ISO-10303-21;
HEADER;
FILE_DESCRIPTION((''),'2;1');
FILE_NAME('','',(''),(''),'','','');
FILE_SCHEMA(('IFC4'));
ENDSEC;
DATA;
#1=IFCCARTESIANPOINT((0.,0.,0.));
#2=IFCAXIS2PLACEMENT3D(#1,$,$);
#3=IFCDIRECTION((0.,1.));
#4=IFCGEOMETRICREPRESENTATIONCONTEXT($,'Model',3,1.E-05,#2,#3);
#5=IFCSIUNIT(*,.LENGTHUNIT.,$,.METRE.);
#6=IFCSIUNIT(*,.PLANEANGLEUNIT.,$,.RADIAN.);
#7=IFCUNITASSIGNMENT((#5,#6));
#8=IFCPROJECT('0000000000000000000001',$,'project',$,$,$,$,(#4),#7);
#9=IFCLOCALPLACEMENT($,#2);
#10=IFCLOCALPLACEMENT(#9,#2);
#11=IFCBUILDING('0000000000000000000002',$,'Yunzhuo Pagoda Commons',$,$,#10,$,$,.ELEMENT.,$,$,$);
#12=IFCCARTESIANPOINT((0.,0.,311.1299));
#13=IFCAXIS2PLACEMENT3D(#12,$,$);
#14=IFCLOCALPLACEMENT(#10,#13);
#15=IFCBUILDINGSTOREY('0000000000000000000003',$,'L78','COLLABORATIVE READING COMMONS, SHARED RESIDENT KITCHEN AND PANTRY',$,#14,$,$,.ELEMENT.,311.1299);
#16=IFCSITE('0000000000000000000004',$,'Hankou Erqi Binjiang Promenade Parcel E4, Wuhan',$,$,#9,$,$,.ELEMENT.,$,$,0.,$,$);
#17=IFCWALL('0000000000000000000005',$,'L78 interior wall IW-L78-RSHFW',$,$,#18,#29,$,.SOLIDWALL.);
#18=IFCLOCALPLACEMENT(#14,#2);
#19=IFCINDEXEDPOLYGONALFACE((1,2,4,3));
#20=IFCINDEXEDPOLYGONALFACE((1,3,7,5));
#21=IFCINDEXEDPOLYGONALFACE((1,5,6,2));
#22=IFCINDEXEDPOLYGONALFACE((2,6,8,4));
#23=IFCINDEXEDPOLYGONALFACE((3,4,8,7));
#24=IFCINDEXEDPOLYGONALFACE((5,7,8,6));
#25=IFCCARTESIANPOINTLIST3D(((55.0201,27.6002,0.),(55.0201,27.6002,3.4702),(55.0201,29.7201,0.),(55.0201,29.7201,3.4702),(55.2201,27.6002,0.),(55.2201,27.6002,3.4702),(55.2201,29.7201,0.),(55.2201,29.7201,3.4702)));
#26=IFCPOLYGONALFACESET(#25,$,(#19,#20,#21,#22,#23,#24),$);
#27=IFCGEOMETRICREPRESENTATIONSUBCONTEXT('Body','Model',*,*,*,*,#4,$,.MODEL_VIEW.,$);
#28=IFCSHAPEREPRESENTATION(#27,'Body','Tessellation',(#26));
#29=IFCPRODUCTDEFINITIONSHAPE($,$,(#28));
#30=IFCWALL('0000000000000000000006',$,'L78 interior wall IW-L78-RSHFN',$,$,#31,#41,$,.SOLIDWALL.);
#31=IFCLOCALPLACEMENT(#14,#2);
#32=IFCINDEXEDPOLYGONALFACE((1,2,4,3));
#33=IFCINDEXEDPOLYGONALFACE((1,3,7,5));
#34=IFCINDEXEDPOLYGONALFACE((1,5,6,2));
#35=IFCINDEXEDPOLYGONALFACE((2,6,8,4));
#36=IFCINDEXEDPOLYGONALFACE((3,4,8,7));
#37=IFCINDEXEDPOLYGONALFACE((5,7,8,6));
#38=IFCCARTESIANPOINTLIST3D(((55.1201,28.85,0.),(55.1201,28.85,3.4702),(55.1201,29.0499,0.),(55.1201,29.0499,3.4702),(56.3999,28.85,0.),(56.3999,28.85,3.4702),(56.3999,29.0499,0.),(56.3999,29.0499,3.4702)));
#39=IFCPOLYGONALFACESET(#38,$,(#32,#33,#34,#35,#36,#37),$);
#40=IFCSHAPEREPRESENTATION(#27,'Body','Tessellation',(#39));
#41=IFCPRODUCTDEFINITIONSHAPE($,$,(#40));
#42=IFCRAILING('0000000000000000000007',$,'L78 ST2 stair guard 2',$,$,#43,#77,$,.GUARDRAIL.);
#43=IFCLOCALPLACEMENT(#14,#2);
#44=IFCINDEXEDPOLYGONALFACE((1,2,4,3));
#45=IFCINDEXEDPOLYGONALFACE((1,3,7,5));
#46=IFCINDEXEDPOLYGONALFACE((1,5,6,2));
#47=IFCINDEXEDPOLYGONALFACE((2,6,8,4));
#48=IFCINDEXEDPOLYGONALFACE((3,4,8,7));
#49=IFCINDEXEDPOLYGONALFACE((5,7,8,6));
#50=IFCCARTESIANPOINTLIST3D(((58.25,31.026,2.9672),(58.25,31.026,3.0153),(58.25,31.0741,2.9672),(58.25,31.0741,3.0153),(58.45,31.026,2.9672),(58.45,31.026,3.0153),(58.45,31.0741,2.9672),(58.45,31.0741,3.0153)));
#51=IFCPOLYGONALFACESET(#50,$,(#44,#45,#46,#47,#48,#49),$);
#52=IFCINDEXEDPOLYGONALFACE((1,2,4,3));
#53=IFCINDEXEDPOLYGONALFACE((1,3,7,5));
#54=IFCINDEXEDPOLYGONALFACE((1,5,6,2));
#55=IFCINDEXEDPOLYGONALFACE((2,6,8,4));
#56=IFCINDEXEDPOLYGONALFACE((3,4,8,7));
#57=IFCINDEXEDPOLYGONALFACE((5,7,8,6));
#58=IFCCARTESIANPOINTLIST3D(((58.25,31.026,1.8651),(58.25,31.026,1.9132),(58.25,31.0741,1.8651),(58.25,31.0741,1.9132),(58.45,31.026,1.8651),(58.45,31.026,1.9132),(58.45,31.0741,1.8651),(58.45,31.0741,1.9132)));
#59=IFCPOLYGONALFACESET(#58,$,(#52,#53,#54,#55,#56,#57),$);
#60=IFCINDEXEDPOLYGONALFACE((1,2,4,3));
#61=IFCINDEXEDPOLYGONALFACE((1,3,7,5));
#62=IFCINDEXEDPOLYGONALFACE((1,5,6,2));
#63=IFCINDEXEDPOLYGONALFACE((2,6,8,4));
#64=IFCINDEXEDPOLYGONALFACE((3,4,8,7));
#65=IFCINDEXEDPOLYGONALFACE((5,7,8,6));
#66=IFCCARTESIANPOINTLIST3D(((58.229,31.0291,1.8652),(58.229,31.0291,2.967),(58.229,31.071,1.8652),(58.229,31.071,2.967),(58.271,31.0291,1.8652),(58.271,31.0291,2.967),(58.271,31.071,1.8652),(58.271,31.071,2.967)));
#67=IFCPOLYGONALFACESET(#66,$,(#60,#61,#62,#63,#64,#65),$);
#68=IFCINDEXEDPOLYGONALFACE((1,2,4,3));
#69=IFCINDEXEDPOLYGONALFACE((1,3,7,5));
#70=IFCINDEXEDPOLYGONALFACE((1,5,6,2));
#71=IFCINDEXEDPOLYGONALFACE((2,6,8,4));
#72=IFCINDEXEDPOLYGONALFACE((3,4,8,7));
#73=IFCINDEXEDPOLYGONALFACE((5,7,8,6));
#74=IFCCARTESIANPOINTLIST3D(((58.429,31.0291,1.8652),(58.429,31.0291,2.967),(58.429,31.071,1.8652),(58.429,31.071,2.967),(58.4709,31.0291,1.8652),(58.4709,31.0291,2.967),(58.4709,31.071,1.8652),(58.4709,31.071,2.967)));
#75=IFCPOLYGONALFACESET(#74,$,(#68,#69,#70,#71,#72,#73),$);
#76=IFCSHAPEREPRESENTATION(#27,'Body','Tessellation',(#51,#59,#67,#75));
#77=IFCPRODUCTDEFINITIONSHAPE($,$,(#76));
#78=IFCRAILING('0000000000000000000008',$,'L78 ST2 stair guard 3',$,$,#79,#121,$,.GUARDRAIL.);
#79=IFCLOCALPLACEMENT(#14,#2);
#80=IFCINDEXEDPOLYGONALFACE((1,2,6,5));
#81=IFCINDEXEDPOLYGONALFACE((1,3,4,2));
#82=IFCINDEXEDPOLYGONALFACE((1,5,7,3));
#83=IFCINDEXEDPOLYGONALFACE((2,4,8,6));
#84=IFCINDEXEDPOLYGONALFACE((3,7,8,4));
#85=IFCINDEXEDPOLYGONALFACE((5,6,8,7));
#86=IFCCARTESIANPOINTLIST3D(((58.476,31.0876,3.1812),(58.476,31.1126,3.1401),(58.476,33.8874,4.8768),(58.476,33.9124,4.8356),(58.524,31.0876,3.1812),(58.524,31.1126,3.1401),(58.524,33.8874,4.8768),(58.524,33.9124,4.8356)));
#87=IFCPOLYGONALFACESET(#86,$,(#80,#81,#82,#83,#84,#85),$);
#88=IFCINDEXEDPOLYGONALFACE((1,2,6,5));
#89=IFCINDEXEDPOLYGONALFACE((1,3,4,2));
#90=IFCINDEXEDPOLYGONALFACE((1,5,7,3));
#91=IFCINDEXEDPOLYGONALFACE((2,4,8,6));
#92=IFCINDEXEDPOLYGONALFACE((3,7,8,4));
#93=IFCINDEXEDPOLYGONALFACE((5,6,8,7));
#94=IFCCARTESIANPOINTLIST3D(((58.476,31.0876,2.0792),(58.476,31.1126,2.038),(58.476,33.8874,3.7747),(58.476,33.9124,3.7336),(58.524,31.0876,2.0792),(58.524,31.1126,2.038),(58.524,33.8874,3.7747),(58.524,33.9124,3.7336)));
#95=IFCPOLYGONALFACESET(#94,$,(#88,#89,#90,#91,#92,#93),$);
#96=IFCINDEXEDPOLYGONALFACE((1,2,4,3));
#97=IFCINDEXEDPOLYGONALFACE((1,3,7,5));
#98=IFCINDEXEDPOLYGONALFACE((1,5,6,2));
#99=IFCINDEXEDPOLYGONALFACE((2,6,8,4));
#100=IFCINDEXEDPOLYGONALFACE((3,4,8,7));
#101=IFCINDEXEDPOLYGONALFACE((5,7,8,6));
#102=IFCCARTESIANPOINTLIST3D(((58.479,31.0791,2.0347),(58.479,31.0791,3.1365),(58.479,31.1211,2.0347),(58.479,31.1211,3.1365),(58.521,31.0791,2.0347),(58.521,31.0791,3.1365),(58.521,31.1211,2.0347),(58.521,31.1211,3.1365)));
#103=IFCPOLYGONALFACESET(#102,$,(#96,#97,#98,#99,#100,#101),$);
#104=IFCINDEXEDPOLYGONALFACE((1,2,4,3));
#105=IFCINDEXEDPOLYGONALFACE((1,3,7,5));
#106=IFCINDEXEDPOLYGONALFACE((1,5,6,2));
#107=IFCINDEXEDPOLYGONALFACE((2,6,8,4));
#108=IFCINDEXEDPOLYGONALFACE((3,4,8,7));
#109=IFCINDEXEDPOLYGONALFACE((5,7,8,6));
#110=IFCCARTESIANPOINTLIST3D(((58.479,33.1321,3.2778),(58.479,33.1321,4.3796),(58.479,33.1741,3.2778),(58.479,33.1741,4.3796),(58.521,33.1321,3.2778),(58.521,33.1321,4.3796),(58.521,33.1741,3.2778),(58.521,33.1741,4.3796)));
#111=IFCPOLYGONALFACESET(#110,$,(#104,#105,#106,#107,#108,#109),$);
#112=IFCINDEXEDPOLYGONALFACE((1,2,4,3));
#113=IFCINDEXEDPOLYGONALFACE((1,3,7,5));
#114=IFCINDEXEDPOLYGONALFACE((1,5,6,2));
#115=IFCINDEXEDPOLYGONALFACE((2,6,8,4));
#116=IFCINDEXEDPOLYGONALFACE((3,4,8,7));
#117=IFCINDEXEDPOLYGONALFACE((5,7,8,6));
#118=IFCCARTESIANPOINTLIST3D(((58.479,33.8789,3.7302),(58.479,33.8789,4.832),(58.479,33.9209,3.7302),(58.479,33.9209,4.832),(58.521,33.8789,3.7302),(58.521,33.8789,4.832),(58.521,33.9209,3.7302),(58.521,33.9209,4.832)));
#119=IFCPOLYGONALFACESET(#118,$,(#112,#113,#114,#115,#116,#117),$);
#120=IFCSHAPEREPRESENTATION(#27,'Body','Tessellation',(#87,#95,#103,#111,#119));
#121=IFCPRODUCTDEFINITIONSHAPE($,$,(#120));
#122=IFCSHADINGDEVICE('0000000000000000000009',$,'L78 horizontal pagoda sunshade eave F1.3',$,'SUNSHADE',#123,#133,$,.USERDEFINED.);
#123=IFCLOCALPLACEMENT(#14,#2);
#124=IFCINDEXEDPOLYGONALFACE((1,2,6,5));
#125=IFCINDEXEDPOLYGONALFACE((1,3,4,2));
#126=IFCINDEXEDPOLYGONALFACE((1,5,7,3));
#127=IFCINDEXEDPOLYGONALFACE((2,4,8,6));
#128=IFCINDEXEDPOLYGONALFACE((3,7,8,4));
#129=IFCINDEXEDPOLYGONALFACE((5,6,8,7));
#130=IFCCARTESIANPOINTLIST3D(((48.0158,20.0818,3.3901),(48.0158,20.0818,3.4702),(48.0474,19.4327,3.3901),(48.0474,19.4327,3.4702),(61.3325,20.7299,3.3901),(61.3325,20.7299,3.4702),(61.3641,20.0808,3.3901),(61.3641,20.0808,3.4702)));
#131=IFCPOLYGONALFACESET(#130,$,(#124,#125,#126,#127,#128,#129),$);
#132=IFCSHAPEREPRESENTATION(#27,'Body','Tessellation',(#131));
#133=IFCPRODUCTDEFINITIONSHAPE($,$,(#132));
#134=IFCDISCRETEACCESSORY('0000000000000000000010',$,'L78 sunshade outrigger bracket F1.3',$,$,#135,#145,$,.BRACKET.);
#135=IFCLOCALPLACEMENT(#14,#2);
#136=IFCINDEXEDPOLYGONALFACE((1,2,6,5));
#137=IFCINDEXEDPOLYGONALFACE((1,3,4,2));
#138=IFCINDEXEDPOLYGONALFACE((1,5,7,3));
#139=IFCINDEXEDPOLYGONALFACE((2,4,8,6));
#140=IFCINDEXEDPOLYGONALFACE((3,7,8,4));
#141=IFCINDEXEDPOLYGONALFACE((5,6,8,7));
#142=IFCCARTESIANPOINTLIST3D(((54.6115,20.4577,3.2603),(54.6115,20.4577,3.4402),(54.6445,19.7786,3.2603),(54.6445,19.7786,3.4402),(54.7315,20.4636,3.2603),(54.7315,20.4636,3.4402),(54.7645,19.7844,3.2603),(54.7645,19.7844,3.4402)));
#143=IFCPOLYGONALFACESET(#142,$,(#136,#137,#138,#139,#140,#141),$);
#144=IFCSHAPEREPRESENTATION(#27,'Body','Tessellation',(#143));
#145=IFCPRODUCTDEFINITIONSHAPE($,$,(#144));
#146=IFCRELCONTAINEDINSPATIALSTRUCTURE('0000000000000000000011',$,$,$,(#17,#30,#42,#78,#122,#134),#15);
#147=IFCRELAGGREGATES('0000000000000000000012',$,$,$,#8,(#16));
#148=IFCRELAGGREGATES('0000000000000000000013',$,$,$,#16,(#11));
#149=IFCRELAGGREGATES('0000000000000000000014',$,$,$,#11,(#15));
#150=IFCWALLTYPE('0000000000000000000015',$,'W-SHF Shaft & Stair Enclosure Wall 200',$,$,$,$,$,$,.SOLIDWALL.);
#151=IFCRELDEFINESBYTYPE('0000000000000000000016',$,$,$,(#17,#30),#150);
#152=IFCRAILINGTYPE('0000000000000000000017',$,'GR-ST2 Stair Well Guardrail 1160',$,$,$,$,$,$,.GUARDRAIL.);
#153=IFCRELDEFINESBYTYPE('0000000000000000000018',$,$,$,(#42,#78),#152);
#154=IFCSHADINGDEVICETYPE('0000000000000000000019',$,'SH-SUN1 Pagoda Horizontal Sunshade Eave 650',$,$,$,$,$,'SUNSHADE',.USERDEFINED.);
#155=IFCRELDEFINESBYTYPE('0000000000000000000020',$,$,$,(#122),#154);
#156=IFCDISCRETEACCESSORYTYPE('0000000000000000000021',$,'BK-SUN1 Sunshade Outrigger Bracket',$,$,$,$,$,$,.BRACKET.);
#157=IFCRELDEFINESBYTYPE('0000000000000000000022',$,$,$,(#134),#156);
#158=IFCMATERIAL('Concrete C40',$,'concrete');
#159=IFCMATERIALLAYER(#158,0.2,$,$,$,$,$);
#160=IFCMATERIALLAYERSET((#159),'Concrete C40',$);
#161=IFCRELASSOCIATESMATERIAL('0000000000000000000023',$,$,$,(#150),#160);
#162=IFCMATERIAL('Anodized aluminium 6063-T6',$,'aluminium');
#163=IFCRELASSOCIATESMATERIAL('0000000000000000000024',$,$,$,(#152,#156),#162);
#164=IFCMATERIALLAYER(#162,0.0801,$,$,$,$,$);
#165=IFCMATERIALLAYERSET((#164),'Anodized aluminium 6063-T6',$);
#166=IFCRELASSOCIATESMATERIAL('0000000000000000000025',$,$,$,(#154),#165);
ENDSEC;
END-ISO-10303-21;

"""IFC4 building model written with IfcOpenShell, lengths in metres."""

from ifc_helpers import new_model, si_unit, direction, frame, frame_2d, origin, origin_2d, place, context, subcontext, project, spatial, rectangle, extrude, source, transform, mapped, material, layer, layer_set, type_object, element, save


model = new_model("IFC4")

# Units and contexts
model_context = context("Model", 3, precision=1e-05, world=origin(), true_north=direction((0.0, 1.0)))
body_context = subcontext(model_context, "Body", "Model", "MODEL_VIEW")
ifc_project = project(units=[si_unit("LENGTHUNIT", "METRE"), si_unit("PLANEANGLEUNIT", "RADIAN")], contexts=[model_context])

# Site, building, storey
site_placement = place(None, origin())
site = spatial("IfcSite", under=ifc_project, at=site_placement, Name="Hankou Erqi Binjiang Promenade Parcel E4, Wuhan", CompositionType="ELEMENT", RefElevation=0.0)
building_placement = place(site_placement, origin())
building = spatial("IfcBuilding", under=site, at=building_placement, Name="Yunzhuo Pagoda Commons", CompositionType="ELEMENT")
storey_placement = place(building_placement, frame((0.0, 0.0, 311.1299)))
storey = spatial("IfcBuildingStorey", under=building, at=storey_placement, Name="L78", Description="COLLABORATIVE READING COMMONS, SHARED RESIDENT KITCHEN AND PANTRY", CompositionType="ELEMENT", Elevation=311.1299)

# Shared definitions
ifc_material_1 = material(Name="Anodized aluminium 6063-T6", Category="aluminium")

# Shared definitions
ifc_material_2 = material(Name="Concrete C40", Category="concrete")
ifc_layer_1 = layer(ifc_material_2, 0.2)
ifc_layer_set_1 = layer_set([ifc_layer_1], Name="Concrete C40")
wall_type_1 = type_object("IfcWallType", Name="W-SHF Shaft & Stair Enclosure Wall 200", PredefinedType="SOLIDWALL", material=ifc_layer_set_1)

# Walls
wall_1_placement = place(storey_placement, frame((55.1201, 27.6001, 0.0), z_axis=(0.0, 0.0, 1.0), x_axis=(0.0, 1.0, 0.0)))
element("IfcWall", 1, at=wall_1_placement, inside=storey, type_object=wall_type_1, Name="L78 interior wall IW-L78-RSHFW", PredefinedType="SOLIDWALL", context=body_context, shape_type="SweptSolid", body=[
    extrude(rectangle(XDim=2.1199, YDim=0.2, at=frame_2d((1.0601, 0.0))), origin(), (0.0, 0.0, 1.0), 3.4702),
])
wall_2_placement = place(storey_placement, frame((55.1201, 28.95, 0.0), z_axis=(0.0, 0.0, 1.0), x_axis=(1.0, 0.0, 0.0)))
element("IfcWall", 2, at=wall_2_placement, inside=storey, type_object=wall_type_1, Name="L78 interior wall IW-L78-RSHFN", PredefinedType="SOLIDWALL", context=body_context, shape_type="SweptSolid", body=[
    extrude(rectangle(XDim=1.2798, YDim=0.2, at=frame_2d((0.6399, 0.0))), origin(), (0.0, 0.0, 1.0), 3.4702),
])

# Railings
railing_type = type_object("IfcRailingType", Name="GR-ST2 Stair Well Guardrail 1160", PredefinedType="GUARDRAIL", material=ifc_material_1)
railing_1_placement = place(storey_placement, frame((58.25, 31.05, 1.8652)))
element("IfcRailing", 3, at=railing_1_placement, inside=storey, type_object=railing_type, Name="L78 ST2 stair guard 2", PredefinedType="GUARDRAIL", context=body_context, shape_type="SweptSolid", body=[
    extrude(rectangle(XDim=0.0481, YDim=0.0481, at=origin_2d()), frame((0.0, 0.0, 1.126), z_axis=(1.0, 0.0, 0.0), x_axis=(0.0, 1.0, 0.0)), (0.0, 0.0, 1.0), 0.2),
    extrude(rectangle(XDim=0.0481, YDim=0.0481, at=origin_2d()), frame((0.0, 0.0, 0.0239), z_axis=(1.0, 0.0, 0.0), x_axis=(0.0, 1.0, 0.0)), (0.0, 0.0, 1.0), 0.2),
    extrude(rectangle(XDim=0.042, YDim=0.042, at=origin_2d()), origin(), (0.0, 0.0, 1.0), 1.1018),
    extrude(rectangle(XDim=0.042, YDim=0.042, at=origin_2d()), frame((0.2, 0.0, 0.0)), (0.0, 0.0, 1.0), 1.1018),
])
railing_2_placement = place(storey_placement, frame((58.5, 31.1001, 2.0347)))
element("IfcRailing", 4, at=railing_2_placement, inside=storey, type_object=railing_type, Name="L78 ST2 stair guard 3", PredefinedType="GUARDRAIL", context=body_context, shape_type="SweptSolid", body=[
    extrude(rectangle(XDim=0.0481, YDim=0.0481, at=origin_2d()), frame((0.0, 0.0, 1.126), z_axis=(0.0, 0.855373, 0.518012), x_axis=(-1.0, 0.0, 0.0)), (0.0, 0.0, 1.0), 3.2732),
    extrude(rectangle(XDim=0.0481, YDim=0.0481, at=origin_2d()), frame((0.0, 0.0, 0.0239), z_axis=(0.0, 0.855373, 0.518012), x_axis=(-1.0, 0.0, 0.0)), (0.0, 0.0, 1.0), 3.2732),
    extrude(rectangle(XDim=0.042, YDim=0.042, at=origin_2d()), origin(), (0.0, 0.0, 1.0), 1.1018),
    extrude(rectangle(XDim=0.042, YDim=0.042, at=origin_2d()), frame((0.0, 2.053, 1.2432)), (0.0, 0.0, 1.0), 1.1018),
    extrude(rectangle(XDim=0.042, YDim=0.042, at=origin_2d()), frame((0.0, 2.7998, 1.6956)), (0.0, 0.0, 1.0), 1.1018),
])

# Shading device
ifc_layer_2 = layer(ifc_material_1, 0.0801)
ifc_layer_set_2 = layer_set([ifc_layer_2], Name="Anodized aluminium 6063-T6")
shading_device_type = type_object("IfcShadingDeviceType", Name="SH-SUN1 Pagoda Horizontal Sunshade Eave 650", ElementType="SUNSHADE", PredefinedType="USERDEFINED", material=ifc_layer_set_2)
shared_shape_1 = source(origin(), body_context, "Body", "SweptSolid", [
    extrude(rectangle(XDim=13.3325, YDim=0.6499, at=origin_2d()), origin(), (0.0, 0.0, 1.0), 0.0801),
])
shading_device_placement = place(storey_placement, frame((54.6899, 20.0813, 3.3901), z_axis=(0.0, 0.0, 1.0), x_axis=(0.998818, 0.048606, 0.0)))
element("IfcShadingDevice", 5, at=shading_device_placement, inside=storey, type_object=shading_device_type, Name="L78 horizontal pagoda sunshade eave F1.3", ObjectType="SUNSHADE", PredefinedType="USERDEFINED", context=body_context, shape_type="MappedRepresentation", body=[
    mapped(shared_shape_1, transform((0.0, 0.0, 0.0), scale=1.0)),
])

# Discrete accessory
discrete_accessory_type = type_object("IfcDiscreteAccessoryType", Name="BK-SUN1 Sunshade Outrigger Bracket", PredefinedType="BRACKET", material=ifc_material_1)
shared_shape_2 = source(origin(), body_context, "Body", "SweptSolid", [
    extrude(rectangle(XDim=0.1201, YDim=0.6799, at=origin_2d()), origin(), (0.0, 0.0, 1.0), 0.1799),
])
discrete_accessory_placement = place(storey_placement, frame((54.688, 20.1211, 3.2603), z_axis=(0.0, 0.0, 1.0), x_axis=(0.998818, 0.048606, 0.0)))
element("IfcDiscreteAccessory", 6, at=discrete_accessory_placement, inside=storey, type_object=discrete_accessory_type, Name="L78 sunshade outrigger bracket F1.3", PredefinedType="BRACKET", context=body_context, shape_type="MappedRepresentation", body=[
    mapped(shared_shape_2, transform((0.0, 0.0, 0.0), scale=1.0)),
])

save(model, "model.ifc")
